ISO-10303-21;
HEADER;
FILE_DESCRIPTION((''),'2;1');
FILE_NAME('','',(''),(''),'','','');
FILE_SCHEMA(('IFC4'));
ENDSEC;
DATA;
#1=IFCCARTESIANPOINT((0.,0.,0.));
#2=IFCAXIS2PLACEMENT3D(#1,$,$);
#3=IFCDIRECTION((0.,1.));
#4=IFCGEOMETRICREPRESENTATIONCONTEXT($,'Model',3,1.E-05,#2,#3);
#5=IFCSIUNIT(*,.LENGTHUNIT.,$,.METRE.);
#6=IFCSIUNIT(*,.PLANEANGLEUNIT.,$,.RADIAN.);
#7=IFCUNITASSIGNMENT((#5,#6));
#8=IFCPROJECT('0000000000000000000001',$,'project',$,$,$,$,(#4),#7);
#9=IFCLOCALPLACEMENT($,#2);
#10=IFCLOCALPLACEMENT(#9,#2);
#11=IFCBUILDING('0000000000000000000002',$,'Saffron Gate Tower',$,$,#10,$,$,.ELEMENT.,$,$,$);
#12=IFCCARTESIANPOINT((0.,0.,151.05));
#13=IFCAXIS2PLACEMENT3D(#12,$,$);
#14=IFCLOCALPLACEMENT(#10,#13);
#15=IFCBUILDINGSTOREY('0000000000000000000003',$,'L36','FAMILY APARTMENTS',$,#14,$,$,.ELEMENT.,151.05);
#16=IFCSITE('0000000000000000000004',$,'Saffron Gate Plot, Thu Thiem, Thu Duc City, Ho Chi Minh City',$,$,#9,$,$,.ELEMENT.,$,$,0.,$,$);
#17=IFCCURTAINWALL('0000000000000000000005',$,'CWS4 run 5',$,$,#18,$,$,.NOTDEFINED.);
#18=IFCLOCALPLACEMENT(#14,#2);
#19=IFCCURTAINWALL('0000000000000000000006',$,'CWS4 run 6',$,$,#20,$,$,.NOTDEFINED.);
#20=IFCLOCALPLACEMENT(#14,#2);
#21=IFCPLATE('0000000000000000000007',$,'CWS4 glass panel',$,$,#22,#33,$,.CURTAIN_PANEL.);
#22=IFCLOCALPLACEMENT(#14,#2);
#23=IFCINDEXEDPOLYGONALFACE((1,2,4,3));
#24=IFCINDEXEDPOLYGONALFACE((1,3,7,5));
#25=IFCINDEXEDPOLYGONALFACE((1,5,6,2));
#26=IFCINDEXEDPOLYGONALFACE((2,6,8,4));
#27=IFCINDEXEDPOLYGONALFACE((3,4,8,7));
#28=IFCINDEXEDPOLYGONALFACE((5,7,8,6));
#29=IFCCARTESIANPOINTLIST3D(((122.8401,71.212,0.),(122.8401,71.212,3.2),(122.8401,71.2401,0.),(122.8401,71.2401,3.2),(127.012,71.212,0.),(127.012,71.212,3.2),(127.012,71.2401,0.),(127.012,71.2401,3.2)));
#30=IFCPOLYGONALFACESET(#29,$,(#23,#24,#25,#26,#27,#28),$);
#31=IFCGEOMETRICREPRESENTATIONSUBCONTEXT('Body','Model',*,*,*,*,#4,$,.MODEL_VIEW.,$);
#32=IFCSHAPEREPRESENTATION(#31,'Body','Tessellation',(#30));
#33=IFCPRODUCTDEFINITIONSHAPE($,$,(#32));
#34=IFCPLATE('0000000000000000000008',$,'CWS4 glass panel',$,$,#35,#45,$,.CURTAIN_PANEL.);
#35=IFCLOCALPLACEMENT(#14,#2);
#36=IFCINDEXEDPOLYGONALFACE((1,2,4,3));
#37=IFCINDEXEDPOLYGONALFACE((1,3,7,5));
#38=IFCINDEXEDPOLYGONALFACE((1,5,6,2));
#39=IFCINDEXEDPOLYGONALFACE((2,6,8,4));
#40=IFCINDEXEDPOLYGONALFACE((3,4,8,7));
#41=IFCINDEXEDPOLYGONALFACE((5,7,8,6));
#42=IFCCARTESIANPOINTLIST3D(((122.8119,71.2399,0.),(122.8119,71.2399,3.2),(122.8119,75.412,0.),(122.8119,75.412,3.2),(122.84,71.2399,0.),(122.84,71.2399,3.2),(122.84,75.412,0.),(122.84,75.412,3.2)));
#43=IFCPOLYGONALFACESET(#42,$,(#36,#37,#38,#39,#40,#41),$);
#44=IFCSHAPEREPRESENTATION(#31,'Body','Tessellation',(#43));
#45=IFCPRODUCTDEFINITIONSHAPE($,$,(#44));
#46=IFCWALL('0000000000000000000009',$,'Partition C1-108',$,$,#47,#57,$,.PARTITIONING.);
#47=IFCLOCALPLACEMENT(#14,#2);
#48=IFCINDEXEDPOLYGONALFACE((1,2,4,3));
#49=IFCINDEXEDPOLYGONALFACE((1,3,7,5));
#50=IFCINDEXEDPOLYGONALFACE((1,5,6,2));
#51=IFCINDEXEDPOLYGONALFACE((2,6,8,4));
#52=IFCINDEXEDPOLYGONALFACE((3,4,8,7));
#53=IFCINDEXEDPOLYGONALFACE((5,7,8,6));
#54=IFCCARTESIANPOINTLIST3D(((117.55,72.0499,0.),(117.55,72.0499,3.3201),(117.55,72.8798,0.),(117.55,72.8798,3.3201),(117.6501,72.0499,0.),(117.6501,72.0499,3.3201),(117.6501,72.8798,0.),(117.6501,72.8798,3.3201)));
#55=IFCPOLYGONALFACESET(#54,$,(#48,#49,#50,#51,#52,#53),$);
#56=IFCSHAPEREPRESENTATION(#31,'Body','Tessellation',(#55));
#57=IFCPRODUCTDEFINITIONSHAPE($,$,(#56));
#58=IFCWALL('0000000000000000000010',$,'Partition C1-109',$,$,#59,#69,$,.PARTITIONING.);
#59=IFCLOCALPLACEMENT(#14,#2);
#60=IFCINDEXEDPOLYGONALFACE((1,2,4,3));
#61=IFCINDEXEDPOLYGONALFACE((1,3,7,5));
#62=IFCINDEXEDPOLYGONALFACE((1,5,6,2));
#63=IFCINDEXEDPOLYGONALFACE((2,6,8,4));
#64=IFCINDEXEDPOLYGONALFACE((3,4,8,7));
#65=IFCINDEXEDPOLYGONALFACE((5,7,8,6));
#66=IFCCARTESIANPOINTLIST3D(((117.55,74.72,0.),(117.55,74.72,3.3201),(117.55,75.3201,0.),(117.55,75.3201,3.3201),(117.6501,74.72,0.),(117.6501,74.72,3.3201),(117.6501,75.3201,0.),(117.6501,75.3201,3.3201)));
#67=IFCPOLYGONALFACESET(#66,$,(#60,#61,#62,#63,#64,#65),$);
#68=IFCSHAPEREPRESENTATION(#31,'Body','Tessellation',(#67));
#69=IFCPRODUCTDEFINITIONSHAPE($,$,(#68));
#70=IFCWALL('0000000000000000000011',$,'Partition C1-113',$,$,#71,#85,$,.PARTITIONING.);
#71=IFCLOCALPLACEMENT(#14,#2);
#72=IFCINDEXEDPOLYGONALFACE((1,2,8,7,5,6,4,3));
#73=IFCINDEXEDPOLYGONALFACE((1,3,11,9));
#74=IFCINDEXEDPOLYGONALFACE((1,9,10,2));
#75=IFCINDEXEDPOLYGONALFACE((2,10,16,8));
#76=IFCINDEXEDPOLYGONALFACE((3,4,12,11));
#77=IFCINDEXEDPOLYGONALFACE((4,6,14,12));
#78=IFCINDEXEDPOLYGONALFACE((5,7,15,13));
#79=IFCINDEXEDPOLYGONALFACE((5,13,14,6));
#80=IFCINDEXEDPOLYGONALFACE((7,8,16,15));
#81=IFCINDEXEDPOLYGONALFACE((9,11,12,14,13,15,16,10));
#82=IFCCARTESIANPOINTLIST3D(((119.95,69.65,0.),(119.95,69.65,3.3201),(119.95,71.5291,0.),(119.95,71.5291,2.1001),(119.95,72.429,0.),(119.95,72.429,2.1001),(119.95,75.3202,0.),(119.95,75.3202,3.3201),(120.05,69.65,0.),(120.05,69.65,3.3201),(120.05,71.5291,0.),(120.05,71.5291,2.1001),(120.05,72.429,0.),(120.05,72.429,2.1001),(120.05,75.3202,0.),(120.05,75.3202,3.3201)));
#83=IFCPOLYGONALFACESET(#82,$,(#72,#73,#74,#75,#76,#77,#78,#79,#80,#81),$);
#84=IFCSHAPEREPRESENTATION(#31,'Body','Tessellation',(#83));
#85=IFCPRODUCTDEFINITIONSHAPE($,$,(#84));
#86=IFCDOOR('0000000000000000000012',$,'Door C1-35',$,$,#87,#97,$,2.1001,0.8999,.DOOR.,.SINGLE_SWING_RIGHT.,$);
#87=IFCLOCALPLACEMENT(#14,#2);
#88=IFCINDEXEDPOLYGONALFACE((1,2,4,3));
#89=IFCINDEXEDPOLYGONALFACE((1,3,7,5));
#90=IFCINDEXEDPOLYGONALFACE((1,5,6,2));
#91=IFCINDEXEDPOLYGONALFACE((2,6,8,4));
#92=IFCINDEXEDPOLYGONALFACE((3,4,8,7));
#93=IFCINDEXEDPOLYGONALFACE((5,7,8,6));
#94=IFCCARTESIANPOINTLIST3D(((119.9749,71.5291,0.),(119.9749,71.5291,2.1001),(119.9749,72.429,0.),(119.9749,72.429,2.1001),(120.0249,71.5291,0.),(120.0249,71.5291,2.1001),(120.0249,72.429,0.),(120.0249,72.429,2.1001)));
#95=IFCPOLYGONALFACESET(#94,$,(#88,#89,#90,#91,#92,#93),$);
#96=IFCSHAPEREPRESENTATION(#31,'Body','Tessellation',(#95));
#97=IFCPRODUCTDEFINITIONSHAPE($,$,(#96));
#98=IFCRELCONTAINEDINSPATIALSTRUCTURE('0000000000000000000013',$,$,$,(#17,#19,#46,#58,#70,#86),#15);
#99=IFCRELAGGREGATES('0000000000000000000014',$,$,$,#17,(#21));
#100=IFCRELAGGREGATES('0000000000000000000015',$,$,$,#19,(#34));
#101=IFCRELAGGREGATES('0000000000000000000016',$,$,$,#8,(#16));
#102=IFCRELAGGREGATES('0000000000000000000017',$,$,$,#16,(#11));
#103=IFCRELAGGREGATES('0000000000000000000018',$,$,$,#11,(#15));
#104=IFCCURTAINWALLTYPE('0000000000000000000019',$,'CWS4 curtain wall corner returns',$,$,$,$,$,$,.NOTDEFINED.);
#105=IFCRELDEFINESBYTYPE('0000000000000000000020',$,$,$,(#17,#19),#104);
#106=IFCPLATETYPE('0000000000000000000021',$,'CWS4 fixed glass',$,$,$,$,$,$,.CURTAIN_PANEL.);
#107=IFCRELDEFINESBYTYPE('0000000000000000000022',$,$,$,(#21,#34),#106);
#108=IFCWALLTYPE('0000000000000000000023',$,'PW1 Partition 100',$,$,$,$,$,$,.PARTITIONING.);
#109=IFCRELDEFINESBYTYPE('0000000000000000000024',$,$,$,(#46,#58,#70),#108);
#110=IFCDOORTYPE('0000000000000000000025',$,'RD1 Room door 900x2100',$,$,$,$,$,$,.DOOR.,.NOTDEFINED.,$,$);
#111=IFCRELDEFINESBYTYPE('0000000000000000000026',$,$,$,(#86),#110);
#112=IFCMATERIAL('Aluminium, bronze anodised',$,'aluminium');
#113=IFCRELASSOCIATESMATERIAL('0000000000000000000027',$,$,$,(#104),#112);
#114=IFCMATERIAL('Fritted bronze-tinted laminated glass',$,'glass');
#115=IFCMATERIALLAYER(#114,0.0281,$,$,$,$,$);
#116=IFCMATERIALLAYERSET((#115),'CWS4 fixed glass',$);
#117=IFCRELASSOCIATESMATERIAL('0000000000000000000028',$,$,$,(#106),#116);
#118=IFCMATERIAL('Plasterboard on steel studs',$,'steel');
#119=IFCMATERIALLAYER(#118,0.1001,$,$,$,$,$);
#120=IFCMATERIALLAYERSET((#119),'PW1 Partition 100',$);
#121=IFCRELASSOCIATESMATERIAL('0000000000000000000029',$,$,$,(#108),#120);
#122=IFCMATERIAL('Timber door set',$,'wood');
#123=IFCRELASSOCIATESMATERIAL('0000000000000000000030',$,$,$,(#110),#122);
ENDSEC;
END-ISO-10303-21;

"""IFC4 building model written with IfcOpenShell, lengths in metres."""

from ifc_helpers import new_model, si_unit, direction, frame, frame_2d, origin, place, context, subcontext, project, spatial, rectangle, extrude, material, layer, layer_set, type_object, element, fill, aggregate, save


model = new_model("IFC4")

# Units and contexts
model_context = context("Model", 3, precision=1e-05, world=origin(), true_north=direction((0.0, 1.0)))
body_context = subcontext(model_context, "Body", "Model", "MODEL_VIEW")
ifc_project = project(units=[si_unit("LENGTHUNIT", "METRE"), si_unit("PLANEANGLEUNIT", "RADIAN")], contexts=[model_context])

# Site, building, storey
site_placement = place(None, origin())
site = spatial("IfcSite", under=ifc_project, at=site_placement, Name="Saffron Gate Plot, Thu Thiem, Thu Duc City, Ho Chi Minh City", CompositionType="ELEMENT", RefElevation=0.0)
building_placement = place(site_placement, origin())
building = spatial("IfcBuilding", under=site, at=building_placement, Name="Saffron Gate Tower", CompositionType="ELEMENT")
storey_placement = place(building_placement, frame((0.0, 0.0, 151.05)))
storey = spatial("IfcBuildingStorey", under=building, at=storey_placement, Name="L36", Description="FAMILY APARTMENTS", CompositionType="ELEMENT", Elevation=151.05)

# Shared definitions
ifc_material_1 = material(Name="Aluminium, bronze anodised", Category="aluminium")

# Curtain walls
curtain_wall_type_1 = type_object("IfcCurtainWallType", Name="CWS4 curtain wall corner returns", PredefinedType="NOTDEFINED", material=ifc_material_1)
curtain_wall_1_placement = place(storey_placement, origin())
curtain_wall_1 = element("IfcCurtainWall", 1, at=curtain_wall_1_placement, inside=storey, type_object=curtain_wall_type_1, Name="CWS4 run 5", PredefinedType="NOTDEFINED")
curtain_wall_2_placement = place(storey_placement, origin())
curtain_wall_2 = element("IfcCurtainWall", 2, at=curtain_wall_2_placement, inside=storey, type_object=curtain_wall_type_1, Name="CWS4 run 6", PredefinedType="NOTDEFINED")

# Plates
ifc_material_2 = material(Name="Fritted bronze-tinted laminated glass", Category="glass")
ifc_layer_1 = layer(ifc_material_2, 0.0281)
ifc_layer_set_1 = layer_set([ifc_layer_1], Name="CWS4 fixed glass")
plate_type_1 = type_object("IfcPlateType", Name="CWS4 fixed glass", PredefinedType="CURTAIN_PANEL", material=ifc_layer_set_1)
plate_1_placement = place(storey_placement, frame((127.012, 71.2261, 0.0), z_axis=(0.0, 0.0, 1.0), x_axis=(-1.0, 0.0, 0.0)))
plate_1 = element("IfcPlate", 3, at=plate_1_placement, type_object=plate_type_1, Name="CWS4 glass panel", PredefinedType="CURTAIN_PANEL", context=body_context, shape_type="SweptSolid", body=[
    extrude(rectangle(XDim=4.1719, YDim=0.0281, at=frame_2d((2.0859, 0.0))), origin(), (0.0, 0.0, 1.0), 3.2),
])
aggregate(curtain_wall_1, [plate_1])
plate_2_placement = place(storey_placement, frame((122.8259, 71.24, 0.0), z_axis=(0.0, 0.0, 1.0), x_axis=(0.0, 1.0, 0.0)))
plate_2 = element("IfcPlate", 4, at=plate_2_placement, type_object=plate_type_1, Name="CWS4 glass panel", PredefinedType="CURTAIN_PANEL", context=body_context, shape_type="SweptSolid", body=[
    extrude(rectangle(XDim=4.1721, YDim=0.0281, at=frame_2d((2.0859, 0.0))), origin(), (0.0, 0.0, 1.0), 3.2),
])
aggregate(curtain_wall_2, [plate_2])

# Walls
ifc_material_3 = material(Name="Plasterboard on steel studs", Category="steel")
ifc_layer_2 = layer(ifc_material_3, 0.1001)
ifc_layer_set_2 = layer_set([ifc_layer_2], Name="PW1 Partition 100")
wall_type = type_object("IfcWallType", Name="PW1 Partition 100", PredefinedType="PARTITIONING", material=ifc_layer_set_2)
wall_1_placement = place(storey_placement, frame((117.6001, 72.8799, 0.0), z_axis=(0.0, 0.0, 1.0), x_axis=(0.0, -1.0, 0.0)))
element("IfcWall", 5, at=wall_1_placement, inside=storey, type_object=wall_type, Name="Partition C1-108", PredefinedType="PARTITIONING", context=body_context, shape_type="SweptSolid", body=[
    extrude(rectangle(XDim=0.8298, YDim=0.1001, at=frame_2d((0.415, 0.0))), origin(), (0.0, 0.0, 1.0), 3.3201),
])
wall_2_placement = place(storey_placement, frame((117.6001, 75.3201, 0.0), z_axis=(0.0, 0.0, 1.0), x_axis=(0.0, -1.0, 0.0)))
element("IfcWall", 6, at=wall_2_placement, inside=storey, type_object=wall_type, Name="Partition C1-109", PredefinedType="PARTITIONING", context=body_context, shape_type="SweptSolid", body=[
    extrude(rectangle(XDim=0.6001, YDim=0.1001, at=frame_2d((0.3, 0.0))), origin(), (0.0, 0.0, 1.0), 3.3201),
])

# Wall, opening, door
wall_3_placement = place(storey_placement, frame((120.0, 75.3201, 0.0), z_axis=(0.0, 0.0, 1.0), x_axis=(0.0, -1.0, 0.0)))
wall_3 = element("IfcWall", 7, at=wall_3_placement, inside=storey, type_object=wall_type, Name="Partition C1-113", PredefinedType="PARTITIONING", context=body_context, shape_type="SweptSolid", body=[
    extrude(rectangle(XDim=5.6702, YDim=0.1001, at=frame_2d((2.835, 0.0))), origin(), (0.0, 0.0, 1.0), 3.3201),
])
opening_1_placement = place(wall_3_placement, frame((2.8911, 0.0, 0.0)))
opening_1 = element("IfcOpeningElement", 8, at=opening_1_placement, cuts=wall_3, PredefinedType="OPENING", context=body_context, shape_type="SweptSolid", body=[
    extrude(rectangle(XDim=0.8999, YDim=2.1001, at=frame_2d((0.45, 1.05))), frame((0.0, 0.0601, 0.0), z_axis=(0.0, -1.0, 0.0), x_axis=(1.0, 0.0, 0.0)), (0.0, 0.0, 1.0), 0.1201),
])
ifc_material_4 = material(Name="Timber door set", Category="wood")
door_type = type_object("IfcDoorType", Name="RD1 Room door 900x2100", OperationType="NOTDEFINED", PredefinedType="DOOR", material=ifc_material_4)
door_placement = place(opening_1_placement, origin())
door = element("IfcDoor", 9, at=door_placement, inside=storey, type_object=door_type, Name="Door C1-35", OperationType="SINGLE_SWING_RIGHT", OverallHeight=2.1001, OverallWidth=0.8999, PredefinedType="DOOR", context=body_context, shape_type="SweptSolid", body=[
    extrude(rectangle(XDim=0.8999, YDim=2.1001, at=frame_2d((0.45, 1.05))), frame((0.0, 0.0249, 0.0), z_axis=(0.0, -1.0, 0.0), x_axis=(1.0, 0.0, 0.0)), (0.0, 0.0, 1.0), 0.05),
])
fill(opening_1, door)

save(model, "model.ifc")
